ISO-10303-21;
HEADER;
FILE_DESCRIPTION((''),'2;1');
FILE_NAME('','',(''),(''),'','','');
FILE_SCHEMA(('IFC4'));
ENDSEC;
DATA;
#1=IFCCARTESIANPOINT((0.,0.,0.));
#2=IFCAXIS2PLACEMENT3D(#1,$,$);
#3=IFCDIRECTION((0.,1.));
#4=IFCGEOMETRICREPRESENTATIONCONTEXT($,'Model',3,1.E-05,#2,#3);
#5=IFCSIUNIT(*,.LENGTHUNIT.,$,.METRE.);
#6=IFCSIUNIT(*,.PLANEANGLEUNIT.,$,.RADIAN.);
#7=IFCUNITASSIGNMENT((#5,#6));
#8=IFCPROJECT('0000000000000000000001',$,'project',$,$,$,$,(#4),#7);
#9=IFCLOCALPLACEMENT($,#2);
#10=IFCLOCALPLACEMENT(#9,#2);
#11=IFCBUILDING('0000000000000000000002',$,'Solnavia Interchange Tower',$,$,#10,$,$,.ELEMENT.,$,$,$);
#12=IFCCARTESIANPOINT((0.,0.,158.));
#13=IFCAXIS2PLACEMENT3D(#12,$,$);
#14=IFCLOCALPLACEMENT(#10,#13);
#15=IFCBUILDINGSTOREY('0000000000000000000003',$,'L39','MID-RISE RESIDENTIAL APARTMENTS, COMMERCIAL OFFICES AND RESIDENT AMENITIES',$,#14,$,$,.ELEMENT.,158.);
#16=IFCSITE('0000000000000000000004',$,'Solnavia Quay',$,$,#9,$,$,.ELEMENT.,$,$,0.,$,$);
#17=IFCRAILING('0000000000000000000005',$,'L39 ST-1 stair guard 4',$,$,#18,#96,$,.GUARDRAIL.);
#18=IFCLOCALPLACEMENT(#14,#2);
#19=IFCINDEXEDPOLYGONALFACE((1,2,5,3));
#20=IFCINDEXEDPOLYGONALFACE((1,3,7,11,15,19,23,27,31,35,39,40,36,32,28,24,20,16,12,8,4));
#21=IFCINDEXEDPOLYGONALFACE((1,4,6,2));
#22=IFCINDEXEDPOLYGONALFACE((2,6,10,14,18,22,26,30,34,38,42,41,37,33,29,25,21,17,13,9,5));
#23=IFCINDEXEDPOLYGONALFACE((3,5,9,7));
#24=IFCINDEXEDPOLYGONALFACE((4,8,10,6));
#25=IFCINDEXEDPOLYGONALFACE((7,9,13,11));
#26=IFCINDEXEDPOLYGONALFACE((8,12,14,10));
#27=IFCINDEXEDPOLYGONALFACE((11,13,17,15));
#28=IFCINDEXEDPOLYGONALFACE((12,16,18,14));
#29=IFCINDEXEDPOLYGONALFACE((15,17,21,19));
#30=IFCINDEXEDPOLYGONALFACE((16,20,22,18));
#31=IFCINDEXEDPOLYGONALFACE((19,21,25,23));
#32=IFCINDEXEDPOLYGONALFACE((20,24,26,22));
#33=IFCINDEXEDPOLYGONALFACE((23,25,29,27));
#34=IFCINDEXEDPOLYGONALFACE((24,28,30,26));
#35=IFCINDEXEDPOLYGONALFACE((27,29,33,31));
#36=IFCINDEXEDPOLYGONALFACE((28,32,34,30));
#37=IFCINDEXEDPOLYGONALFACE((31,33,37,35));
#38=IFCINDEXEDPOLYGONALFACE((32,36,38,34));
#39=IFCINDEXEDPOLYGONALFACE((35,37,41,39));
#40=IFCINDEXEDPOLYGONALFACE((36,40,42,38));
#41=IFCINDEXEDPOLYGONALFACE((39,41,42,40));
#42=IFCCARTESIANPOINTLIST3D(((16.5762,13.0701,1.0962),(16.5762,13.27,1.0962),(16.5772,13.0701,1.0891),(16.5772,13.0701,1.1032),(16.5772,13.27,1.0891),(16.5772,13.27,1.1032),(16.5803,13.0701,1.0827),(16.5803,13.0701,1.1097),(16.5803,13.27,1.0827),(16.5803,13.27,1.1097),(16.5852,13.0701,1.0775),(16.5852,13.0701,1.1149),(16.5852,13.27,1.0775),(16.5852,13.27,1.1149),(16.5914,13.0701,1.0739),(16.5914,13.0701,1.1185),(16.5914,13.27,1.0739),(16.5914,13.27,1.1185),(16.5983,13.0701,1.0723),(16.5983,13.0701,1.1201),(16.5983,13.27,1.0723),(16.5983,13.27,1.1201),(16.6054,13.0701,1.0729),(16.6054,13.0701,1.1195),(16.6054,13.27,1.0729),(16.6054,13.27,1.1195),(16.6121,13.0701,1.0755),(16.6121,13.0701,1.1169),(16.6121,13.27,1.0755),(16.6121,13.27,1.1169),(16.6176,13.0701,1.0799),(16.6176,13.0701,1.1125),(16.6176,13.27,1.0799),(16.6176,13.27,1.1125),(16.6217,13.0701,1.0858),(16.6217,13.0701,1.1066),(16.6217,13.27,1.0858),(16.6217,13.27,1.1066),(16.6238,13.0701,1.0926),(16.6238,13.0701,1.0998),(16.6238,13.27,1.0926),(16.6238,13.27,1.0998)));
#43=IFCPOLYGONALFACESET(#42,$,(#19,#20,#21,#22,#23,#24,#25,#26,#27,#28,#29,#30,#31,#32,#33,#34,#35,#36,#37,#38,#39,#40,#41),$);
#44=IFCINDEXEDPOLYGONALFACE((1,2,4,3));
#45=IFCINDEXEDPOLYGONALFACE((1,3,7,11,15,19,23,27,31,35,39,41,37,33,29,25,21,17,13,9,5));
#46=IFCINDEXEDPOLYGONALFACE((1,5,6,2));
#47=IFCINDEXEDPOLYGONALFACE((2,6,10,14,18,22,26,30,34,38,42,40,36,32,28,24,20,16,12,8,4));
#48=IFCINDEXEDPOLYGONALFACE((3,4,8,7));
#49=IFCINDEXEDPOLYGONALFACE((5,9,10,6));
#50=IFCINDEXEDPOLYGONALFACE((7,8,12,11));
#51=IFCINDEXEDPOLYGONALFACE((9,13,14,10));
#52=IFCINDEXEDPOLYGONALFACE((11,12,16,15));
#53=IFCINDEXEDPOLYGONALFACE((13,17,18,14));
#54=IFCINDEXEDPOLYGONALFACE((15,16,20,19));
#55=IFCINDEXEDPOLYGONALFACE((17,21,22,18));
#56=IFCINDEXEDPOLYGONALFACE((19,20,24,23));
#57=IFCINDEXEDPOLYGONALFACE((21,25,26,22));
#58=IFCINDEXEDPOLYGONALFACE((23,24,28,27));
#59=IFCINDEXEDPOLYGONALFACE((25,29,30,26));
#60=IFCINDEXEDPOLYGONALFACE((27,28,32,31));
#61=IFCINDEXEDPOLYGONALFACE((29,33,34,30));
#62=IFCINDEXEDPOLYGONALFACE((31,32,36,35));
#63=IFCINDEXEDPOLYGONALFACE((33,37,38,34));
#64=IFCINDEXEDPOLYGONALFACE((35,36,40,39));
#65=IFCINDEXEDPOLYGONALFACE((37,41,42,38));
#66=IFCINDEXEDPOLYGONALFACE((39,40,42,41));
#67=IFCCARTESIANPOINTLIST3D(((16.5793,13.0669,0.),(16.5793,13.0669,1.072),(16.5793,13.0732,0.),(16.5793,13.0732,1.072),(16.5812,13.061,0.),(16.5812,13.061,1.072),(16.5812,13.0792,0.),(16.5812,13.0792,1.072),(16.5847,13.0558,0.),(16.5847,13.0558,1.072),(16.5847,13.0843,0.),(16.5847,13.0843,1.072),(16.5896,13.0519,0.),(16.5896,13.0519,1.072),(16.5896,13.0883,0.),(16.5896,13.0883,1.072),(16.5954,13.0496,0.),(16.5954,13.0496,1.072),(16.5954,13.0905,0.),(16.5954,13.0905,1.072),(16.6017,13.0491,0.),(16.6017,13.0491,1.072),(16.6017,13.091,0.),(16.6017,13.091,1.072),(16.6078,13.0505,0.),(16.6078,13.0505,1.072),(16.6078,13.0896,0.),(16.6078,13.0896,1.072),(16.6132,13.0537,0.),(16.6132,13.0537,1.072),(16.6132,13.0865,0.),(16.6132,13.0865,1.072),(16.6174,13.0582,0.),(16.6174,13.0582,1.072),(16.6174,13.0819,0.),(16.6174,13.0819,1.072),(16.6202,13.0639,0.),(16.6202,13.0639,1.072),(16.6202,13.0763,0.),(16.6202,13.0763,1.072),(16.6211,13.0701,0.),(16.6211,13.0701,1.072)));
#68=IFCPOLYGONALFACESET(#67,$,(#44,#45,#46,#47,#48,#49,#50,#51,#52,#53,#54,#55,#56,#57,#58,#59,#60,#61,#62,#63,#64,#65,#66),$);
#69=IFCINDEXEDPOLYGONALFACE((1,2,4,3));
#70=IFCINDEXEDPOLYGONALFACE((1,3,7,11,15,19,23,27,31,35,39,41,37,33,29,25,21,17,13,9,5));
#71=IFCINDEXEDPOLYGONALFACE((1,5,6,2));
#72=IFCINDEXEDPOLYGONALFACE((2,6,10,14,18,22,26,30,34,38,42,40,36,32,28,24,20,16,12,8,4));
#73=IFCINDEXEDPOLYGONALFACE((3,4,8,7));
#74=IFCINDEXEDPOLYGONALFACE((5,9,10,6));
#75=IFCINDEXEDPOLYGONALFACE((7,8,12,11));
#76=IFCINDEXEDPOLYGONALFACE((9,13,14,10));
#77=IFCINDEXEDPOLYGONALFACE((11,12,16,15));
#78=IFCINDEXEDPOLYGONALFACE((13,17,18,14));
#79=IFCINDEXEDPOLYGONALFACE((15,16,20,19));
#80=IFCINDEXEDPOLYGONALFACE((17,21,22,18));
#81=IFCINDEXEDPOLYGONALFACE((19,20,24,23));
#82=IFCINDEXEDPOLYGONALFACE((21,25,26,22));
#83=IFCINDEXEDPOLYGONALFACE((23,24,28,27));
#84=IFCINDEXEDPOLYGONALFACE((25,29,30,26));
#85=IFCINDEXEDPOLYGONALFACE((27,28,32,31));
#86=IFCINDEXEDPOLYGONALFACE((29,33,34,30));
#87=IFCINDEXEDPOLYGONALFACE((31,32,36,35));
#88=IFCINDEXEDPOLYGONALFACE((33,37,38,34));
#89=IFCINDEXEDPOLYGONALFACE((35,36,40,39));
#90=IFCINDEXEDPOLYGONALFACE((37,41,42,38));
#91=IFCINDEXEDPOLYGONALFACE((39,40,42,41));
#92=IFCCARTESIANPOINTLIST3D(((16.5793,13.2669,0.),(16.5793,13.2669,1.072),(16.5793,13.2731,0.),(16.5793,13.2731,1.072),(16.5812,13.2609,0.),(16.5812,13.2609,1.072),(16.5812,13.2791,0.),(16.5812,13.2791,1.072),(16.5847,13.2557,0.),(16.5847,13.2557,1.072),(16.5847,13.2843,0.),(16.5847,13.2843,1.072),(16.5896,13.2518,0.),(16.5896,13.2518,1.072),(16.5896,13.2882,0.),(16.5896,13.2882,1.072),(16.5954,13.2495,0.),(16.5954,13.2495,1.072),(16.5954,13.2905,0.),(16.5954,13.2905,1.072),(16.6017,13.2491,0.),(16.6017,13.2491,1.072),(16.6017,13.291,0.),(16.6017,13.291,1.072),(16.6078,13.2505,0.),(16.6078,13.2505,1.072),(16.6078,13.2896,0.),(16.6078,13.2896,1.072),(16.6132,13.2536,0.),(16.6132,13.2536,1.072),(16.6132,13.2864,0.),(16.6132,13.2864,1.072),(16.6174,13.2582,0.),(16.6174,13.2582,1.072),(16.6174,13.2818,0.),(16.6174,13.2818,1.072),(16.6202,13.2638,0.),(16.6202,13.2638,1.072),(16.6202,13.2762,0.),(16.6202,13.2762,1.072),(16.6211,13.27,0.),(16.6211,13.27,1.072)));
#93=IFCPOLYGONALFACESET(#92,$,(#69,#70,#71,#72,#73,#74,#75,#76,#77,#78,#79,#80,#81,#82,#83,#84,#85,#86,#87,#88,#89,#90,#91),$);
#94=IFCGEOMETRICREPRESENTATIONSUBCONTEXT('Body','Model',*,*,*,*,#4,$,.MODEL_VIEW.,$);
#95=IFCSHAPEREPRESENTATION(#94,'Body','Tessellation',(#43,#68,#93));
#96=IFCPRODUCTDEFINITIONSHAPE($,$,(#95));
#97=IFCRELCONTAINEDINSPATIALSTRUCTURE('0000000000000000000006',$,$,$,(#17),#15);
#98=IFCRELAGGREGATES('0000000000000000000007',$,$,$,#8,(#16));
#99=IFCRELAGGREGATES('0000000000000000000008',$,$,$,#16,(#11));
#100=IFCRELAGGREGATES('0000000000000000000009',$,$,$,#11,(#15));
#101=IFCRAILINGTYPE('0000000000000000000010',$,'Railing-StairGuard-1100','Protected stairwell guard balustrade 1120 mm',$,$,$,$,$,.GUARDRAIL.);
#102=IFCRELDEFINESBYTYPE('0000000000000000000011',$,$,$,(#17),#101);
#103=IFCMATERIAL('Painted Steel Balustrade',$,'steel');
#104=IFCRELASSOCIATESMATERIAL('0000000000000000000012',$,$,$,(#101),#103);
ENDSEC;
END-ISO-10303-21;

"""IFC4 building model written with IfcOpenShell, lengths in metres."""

from ifc_helpers import new_model, si_unit, direction, frame, origin, origin_2d, place, context, subcontext, project, spatial, circle, extrude, material, type_object, element, save


model = new_model("IFC4")

# Units and contexts
model_context = context("Model", 3, precision=1e-05, world=origin(), true_north=direction((0.0, 1.0)))
body_context = subcontext(model_context, "Body", "Model", "MODEL_VIEW")
ifc_project = project(units=[si_unit("LENGTHUNIT", "METRE"), si_unit("PLANEANGLEUNIT", "RADIAN")], contexts=[model_context])

# Site, building, storey
site_placement = place(None, origin())
site = spatial("IfcSite", under=ifc_project, at=site_placement, Name="Solnavia Quay", CompositionType="ELEMENT", RefElevation=0.0)
building_placement = place(site_placement, origin())
building = spatial("IfcBuilding", under=site, at=building_placement, Name="Solnavia Interchange Tower", CompositionType="ELEMENT")
storey_placement = place(building_placement, frame((0.0, 0.0, 158.0)))
storey = spatial("IfcBuildingStorey", under=building, at=storey_placement, Name="L39", Description="MID-RISE RESIDENTIAL APARTMENTS, COMMERCIAL OFFICES AND RESIDENT AMENITIES", CompositionType="ELEMENT", Elevation=158.0)

# Railing
ifc_material_1 = material(Name="Painted Steel Balustrade", Category="steel")
railing_type_1 = type_object("IfcRailingType", Name="Railing-StairGuard-1100", Description="Protected stairwell guard balustrade 1120 mm", PredefinedType="GUARDRAIL", material=ifc_material_1)
railing_1_placement = place(storey_placement, frame((16.6001, 13.0701, 0.0)))
element("IfcRailing", 1, at=railing_1_placement, inside=storey, type_object=railing_type_1, Name="L39 ST-1 stair guard 4", PredefinedType="GUARDRAIL", context=body_context, shape_type="SweptSolid", body=[
    extrude(circle(Radius=0.0239, at=origin_2d()), frame((0.0, 0.0, 1.0962), z_axis=(0.0, 1.0, 0.0), x_axis=(-1.0, 0.0, 0.0)), (0.0, 0.0, 1.0), 0.2),
    extrude(circle(Radius=0.021, at=origin_2d()), origin(), (0.0, 0.0, 1.0), 1.072),
    extrude(circle(Radius=0.021, at=origin_2d()), frame((0.0, 0.2, 0.0)), (0.0, 0.0, 1.0), 1.072),
])

save(model, "model.ifc")
